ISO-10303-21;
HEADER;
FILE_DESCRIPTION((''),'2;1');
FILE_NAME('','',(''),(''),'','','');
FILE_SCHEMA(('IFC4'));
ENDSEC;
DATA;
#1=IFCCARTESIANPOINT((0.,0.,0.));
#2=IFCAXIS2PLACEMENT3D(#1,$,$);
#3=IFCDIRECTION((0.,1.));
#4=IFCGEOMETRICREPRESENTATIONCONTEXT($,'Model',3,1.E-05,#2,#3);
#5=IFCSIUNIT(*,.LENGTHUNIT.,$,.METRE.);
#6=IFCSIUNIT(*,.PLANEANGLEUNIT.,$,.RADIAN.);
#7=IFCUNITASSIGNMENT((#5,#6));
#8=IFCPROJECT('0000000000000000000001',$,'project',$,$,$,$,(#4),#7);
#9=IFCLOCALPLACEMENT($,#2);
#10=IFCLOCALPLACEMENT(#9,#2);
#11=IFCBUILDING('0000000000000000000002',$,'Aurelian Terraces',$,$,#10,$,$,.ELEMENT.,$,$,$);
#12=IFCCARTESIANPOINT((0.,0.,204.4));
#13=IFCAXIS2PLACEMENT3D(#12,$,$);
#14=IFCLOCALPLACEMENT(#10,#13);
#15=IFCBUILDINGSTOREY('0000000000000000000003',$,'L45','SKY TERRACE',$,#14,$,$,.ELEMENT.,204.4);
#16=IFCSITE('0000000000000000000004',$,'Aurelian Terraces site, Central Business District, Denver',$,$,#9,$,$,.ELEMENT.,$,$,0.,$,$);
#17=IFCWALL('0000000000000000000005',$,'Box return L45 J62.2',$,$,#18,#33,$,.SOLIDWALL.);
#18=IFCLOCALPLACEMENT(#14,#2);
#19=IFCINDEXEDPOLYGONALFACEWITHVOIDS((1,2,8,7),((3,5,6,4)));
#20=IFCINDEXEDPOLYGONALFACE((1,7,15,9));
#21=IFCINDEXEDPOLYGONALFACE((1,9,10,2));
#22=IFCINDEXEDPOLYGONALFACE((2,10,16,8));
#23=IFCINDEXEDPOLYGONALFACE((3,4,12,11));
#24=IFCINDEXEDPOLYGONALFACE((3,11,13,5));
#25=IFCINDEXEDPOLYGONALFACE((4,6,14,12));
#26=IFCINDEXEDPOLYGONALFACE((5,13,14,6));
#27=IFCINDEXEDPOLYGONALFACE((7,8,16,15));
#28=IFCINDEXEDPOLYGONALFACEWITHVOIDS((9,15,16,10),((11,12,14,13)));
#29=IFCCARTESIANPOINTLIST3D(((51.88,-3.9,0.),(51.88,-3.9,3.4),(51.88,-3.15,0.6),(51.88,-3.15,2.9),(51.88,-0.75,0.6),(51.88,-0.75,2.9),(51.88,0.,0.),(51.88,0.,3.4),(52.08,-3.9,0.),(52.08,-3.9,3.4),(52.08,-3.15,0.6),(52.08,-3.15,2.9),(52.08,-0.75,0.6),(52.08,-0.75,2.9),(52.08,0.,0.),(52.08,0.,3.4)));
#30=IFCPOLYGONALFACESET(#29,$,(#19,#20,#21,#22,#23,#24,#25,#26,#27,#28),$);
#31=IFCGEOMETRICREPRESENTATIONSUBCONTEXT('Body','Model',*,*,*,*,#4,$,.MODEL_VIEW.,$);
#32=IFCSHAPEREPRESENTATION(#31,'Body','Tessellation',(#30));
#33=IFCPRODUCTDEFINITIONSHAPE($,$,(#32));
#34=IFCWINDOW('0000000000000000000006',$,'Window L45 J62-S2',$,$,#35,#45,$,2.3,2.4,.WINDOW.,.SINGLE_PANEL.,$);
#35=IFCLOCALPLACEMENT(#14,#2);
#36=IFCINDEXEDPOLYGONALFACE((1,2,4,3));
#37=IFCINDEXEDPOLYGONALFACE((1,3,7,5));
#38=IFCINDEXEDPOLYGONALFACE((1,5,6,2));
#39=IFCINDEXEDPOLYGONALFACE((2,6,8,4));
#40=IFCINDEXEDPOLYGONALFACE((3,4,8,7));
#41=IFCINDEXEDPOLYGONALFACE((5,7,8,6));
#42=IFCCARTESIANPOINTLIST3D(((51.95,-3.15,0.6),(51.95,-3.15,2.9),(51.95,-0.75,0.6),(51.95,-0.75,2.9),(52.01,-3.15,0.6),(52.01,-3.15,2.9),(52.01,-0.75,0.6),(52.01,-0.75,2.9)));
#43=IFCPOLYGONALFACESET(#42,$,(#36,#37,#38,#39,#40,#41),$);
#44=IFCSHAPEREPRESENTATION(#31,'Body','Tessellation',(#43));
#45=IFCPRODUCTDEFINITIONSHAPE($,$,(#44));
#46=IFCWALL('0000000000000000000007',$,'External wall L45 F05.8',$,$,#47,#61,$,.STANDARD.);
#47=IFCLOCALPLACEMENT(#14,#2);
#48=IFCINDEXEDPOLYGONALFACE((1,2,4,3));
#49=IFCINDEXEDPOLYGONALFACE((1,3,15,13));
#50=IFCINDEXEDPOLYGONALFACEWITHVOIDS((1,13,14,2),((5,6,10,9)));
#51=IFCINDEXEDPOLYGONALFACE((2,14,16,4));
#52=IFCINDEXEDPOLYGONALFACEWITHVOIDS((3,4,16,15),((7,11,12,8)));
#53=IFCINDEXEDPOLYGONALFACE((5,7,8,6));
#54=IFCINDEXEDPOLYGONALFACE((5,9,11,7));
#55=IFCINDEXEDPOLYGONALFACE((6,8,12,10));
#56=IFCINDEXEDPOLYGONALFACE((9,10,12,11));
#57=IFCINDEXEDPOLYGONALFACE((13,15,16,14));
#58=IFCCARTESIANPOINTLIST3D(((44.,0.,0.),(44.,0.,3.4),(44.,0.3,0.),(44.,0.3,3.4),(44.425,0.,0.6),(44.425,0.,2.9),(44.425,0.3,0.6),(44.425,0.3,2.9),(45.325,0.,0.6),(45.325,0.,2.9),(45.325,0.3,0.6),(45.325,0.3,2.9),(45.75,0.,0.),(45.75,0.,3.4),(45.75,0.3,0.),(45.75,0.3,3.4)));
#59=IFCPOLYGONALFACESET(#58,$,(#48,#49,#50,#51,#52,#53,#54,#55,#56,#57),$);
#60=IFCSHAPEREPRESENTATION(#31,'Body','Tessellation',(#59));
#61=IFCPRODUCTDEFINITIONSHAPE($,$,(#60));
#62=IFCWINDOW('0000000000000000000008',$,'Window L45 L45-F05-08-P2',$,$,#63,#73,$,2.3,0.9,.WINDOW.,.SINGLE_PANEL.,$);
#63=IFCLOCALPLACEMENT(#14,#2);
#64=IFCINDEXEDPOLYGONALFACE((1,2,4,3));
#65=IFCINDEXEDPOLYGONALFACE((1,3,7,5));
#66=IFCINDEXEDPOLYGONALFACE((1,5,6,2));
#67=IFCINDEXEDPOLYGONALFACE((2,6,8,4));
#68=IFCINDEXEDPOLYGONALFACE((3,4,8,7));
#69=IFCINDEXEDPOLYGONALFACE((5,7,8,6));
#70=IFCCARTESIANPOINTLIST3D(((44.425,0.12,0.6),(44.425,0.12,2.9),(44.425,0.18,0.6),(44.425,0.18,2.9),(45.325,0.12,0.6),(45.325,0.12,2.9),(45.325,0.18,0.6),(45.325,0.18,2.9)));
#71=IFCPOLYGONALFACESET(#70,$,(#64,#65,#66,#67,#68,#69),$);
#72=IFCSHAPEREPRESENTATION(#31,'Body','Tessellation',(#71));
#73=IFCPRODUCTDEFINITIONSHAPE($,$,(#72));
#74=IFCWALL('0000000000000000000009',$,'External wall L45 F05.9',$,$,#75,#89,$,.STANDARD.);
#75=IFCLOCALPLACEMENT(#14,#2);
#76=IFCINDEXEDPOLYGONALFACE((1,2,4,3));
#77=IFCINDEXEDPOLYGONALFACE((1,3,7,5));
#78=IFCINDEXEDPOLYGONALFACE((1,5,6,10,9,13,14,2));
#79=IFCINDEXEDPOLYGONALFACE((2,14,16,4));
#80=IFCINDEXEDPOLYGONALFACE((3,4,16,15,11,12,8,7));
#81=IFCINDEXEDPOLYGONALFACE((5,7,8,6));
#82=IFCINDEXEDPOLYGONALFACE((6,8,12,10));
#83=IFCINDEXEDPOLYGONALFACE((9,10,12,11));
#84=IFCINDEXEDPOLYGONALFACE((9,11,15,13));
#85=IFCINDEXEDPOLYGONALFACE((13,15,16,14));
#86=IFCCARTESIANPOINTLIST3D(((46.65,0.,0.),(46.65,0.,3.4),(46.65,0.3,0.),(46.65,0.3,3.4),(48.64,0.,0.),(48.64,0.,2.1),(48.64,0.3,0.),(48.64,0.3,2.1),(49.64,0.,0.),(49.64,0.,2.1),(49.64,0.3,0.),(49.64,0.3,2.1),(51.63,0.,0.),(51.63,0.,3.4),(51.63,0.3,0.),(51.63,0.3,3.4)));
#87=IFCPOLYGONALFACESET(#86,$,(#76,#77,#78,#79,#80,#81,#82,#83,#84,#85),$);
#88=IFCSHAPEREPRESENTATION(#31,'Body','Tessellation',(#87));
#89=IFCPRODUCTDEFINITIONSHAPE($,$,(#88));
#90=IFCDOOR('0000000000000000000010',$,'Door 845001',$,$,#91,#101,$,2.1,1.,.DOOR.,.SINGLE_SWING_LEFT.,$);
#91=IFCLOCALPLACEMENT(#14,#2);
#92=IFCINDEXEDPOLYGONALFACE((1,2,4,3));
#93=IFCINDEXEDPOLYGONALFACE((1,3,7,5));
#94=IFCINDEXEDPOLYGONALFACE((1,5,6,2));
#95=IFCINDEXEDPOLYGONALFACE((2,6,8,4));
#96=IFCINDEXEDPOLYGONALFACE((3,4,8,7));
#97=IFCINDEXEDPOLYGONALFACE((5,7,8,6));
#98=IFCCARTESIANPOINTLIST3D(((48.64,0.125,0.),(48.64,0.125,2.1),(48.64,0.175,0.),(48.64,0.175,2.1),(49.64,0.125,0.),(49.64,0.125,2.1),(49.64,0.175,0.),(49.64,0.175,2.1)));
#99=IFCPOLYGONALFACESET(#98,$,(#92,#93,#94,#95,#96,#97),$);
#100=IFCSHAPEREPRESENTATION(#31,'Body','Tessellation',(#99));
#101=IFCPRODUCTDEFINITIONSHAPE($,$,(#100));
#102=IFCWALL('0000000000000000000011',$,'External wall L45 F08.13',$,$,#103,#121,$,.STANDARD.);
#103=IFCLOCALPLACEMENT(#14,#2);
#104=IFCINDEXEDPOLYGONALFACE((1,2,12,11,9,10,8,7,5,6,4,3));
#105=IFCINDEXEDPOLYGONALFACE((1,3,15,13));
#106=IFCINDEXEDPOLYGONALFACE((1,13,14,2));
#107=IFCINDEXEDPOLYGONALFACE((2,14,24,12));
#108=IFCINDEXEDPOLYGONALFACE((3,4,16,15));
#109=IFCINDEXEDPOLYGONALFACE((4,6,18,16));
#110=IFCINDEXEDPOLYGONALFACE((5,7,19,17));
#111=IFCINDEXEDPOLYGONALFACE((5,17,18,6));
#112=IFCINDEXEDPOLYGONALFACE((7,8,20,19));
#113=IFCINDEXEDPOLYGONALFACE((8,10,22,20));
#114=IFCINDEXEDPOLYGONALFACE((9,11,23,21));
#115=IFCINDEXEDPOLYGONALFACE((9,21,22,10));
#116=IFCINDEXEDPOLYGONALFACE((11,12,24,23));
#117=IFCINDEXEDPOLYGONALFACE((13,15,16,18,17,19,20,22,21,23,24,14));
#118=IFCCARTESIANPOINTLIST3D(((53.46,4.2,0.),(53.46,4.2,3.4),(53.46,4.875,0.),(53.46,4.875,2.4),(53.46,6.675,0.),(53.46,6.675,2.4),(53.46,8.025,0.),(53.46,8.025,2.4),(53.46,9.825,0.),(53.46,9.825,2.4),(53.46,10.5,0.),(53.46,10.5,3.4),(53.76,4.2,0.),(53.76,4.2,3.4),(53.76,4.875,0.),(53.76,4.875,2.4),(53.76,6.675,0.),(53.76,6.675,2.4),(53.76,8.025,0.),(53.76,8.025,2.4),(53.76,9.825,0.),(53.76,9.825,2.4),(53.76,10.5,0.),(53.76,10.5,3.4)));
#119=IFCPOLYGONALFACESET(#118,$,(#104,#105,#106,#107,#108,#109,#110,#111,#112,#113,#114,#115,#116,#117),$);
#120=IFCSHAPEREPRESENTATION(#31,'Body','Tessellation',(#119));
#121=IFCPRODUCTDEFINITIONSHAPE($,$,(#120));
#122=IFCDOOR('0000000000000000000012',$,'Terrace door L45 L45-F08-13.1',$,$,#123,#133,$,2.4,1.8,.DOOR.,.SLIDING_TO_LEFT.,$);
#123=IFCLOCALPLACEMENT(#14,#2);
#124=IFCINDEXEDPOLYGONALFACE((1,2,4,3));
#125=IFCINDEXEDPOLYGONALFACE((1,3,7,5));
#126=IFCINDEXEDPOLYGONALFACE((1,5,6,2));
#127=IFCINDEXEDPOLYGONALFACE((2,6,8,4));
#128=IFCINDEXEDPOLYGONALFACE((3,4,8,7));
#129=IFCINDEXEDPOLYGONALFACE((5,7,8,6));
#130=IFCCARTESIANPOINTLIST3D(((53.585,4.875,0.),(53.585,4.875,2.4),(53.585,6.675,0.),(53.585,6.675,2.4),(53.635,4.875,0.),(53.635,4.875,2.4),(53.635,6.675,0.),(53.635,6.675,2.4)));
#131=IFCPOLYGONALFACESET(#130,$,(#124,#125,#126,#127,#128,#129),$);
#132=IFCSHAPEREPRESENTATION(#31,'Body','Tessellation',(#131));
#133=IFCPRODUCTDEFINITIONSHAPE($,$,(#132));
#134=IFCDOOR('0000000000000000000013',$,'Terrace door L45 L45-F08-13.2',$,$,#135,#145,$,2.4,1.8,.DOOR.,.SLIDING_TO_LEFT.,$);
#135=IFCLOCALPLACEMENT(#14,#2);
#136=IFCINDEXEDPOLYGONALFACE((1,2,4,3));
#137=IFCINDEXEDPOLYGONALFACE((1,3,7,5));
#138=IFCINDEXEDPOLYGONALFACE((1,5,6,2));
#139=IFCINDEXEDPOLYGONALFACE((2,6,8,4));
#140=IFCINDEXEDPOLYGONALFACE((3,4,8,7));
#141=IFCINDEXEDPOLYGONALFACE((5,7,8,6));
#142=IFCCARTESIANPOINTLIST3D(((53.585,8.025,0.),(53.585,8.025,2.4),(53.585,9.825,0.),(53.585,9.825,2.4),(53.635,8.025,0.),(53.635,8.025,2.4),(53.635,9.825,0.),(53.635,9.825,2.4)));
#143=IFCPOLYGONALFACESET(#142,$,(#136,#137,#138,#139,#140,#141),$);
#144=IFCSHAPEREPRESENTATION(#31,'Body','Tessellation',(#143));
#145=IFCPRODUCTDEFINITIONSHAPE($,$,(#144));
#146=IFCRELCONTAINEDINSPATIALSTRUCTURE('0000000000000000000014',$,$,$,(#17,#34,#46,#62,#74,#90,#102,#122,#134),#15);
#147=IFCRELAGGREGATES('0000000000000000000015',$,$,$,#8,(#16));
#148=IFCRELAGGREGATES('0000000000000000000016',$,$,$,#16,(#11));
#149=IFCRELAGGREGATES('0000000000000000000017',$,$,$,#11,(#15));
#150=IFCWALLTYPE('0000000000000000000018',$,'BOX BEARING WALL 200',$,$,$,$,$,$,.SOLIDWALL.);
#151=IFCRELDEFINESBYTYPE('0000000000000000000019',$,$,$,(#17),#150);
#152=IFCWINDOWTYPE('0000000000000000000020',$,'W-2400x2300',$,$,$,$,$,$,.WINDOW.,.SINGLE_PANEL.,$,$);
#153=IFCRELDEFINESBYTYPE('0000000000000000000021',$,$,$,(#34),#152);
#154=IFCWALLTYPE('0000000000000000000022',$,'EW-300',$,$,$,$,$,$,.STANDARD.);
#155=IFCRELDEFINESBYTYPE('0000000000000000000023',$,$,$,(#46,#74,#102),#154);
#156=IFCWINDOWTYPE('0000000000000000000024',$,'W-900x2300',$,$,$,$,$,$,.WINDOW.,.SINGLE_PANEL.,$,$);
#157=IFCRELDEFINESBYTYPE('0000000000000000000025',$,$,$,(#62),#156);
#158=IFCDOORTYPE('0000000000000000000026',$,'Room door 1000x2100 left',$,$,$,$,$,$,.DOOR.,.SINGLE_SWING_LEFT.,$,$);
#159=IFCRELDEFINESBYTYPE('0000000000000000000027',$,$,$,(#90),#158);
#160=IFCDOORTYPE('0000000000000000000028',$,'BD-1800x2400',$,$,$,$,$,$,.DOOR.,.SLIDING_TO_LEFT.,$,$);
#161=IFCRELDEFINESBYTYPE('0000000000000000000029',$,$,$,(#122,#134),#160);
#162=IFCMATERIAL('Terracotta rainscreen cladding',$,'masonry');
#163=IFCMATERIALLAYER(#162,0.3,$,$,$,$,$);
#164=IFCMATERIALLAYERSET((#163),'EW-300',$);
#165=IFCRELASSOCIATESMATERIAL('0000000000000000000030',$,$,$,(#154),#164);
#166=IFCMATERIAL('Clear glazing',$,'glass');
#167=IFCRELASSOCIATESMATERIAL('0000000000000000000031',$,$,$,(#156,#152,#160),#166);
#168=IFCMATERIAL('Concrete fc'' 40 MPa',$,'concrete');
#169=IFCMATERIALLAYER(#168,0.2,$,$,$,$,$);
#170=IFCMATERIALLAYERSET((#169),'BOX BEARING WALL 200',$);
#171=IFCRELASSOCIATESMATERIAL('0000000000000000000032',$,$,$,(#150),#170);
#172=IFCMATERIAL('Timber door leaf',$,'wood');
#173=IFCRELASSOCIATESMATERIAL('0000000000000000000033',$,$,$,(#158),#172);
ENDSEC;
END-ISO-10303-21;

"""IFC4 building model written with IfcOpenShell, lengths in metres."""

from ifc_helpers import new_model, si_unit, direction, frame, frame_2d, origin, place, context, subcontext, project, spatial, rectangle, extrude, source, transform, mapped, material, layer, layer_set, type_object, element, fill, save


model = new_model("IFC4")

# Units and contexts
model_context = context("Model", 3, precision=1e-05, world=origin(), true_north=direction((0.0, 1.0)))
body_context = subcontext(model_context, "Body", "Model", "MODEL_VIEW")
ifc_project = project(units=[si_unit("LENGTHUNIT", "METRE"), si_unit("PLANEANGLEUNIT", "RADIAN")], contexts=[model_context])

# Site, building, storey
site_placement = place(None, origin())
site = spatial("IfcSite", under=ifc_project, at=site_placement, Name="Aurelian Terraces site, Central Business District, Denver", CompositionType="ELEMENT", RefElevation=0.0)
building_placement = place(site_placement, origin())
building = spatial("IfcBuilding", under=site, at=building_placement, Name="Aurelian Terraces", CompositionType="ELEMENT")
storey_placement = place(building_placement, frame((0.0, 0.0, 204.4)))
storey = spatial("IfcBuildingStorey", under=building, at=storey_placement, Name="L45", Description="SKY TERRACE", CompositionType="ELEMENT", Elevation=204.4)

# Walls, openings, windows
ifc_material_1 = material(Name="Terracotta rainscreen cladding", Category="masonry")
ifc_layer_1 = layer(ifc_material_1, 0.3)
ifc_layer_set_1 = layer_set([ifc_layer_1], Name="EW-300")
wall_type_1 = type_object("IfcWallType", Name="EW-300", PredefinedType="STANDARD", material=ifc_layer_set_1)
ifc_material_2 = material(Name="Clear glazing", Category="glass")
shared_shape_1 = source(origin(), body_context, "Body", "SweptSolid", [
    extrude(rectangle(XDim=0.9, YDim=2.3, at=frame_2d((0.45, 1.15))), frame((0.0, 0.16, 0.0), z_axis=(0.0, -1.0, 0.0), x_axis=(1.0, 0.0, 0.0)), (0.0, 0.0, 1.0), 0.32),
])
window_type_1 = type_object("IfcWindowType", Name="W-900x2300", PartitioningType="SINGLE_PANEL", PredefinedType="WINDOW", material=ifc_material_2)
shared_shape_2 = source(origin(), body_context, "Body", "SweptSolid", [
    extrude(rectangle(XDim=0.9, YDim=2.3, at=frame_2d((0.45, 1.15))), frame((0.0, 0.03, 0.0), z_axis=(0.0, -1.0, 0.0), x_axis=(1.0, 0.0, 0.0)), (0.0, 0.0, 1.0), 0.06),
])
ifc_material_3 = material(Name="Concrete fc' 40 MPa", Category="concrete")
ifc_layer_2 = layer(ifc_material_3, 0.2)
ifc_layer_set_2 = layer_set([ifc_layer_2], Name="BOX BEARING WALL 200")
wall_type_2 = type_object("IfcWallType", Name="BOX BEARING WALL 200", PredefinedType="SOLIDWALL", material=ifc_layer_set_2)
shared_shape_3 = source(origin(), body_context, "Body", "SweptSolid", [
    extrude(rectangle(XDim=3.9, YDim=0.2, at=frame_2d((1.95, 0.0))), origin(), (0.0, 0.0, 1.0), 3.4),
])
shared_shape_4 = source(origin(), body_context, "Body", "SweptSolid", [
    extrude(rectangle(XDim=2.4, YDim=2.3, at=frame_2d((1.2, 1.15))), frame((0.0, 0.11, 0.0), z_axis=(0.0, -1.0, 0.0), x_axis=(1.0, 0.0, 0.0)), (0.0, 0.0, 1.0), 0.22),
])
window_type_2 = type_object("IfcWindowType", Name="W-2400x2300", PartitioningType="SINGLE_PANEL", PredefinedType="WINDOW", material=ifc_material_2)
shared_shape_5 = source(origin(), body_context, "Body", "SweptSolid", [
    extrude(rectangle(XDim=2.4, YDim=2.3, at=frame_2d((1.2, 1.15))), frame((0.0, 0.03, 0.0), z_axis=(0.0, -1.0, 0.0), x_axis=(1.0, 0.0, 0.0)), (0.0, 0.0, 1.0), 0.06),
])
wall_1_placement = place(storey_placement, frame((51.98, 0.0, 0.0), z_axis=(0.0, 0.0, 1.0), x_axis=(0.0, -1.0, 0.0)))
wall_1 = element("IfcWall", 1, at=wall_1_placement, inside=storey, type_object=wall_type_2, Name="Box return L45 J62.2", PredefinedType="SOLIDWALL", context=body_context, shape_type="MappedRepresentation", body=[
    mapped(shared_shape_3, transform((0.0, 0.0, 0.0), scale=1.0)),
])
opening_1_placement = place(wall_1_placement, frame((0.75, 0.0, 0.6)))
opening_1 = element("IfcOpeningElement", 2, at=opening_1_placement, cuts=wall_1, PredefinedType="OPENING", context=body_context, shape_type="MappedRepresentation", body=[
    mapped(shared_shape_4, transform((0.0, 0.0, 0.0), scale=1.0)),
])
window_1_placement = place(opening_1_placement, origin())
window_1 = element("IfcWindow", 3, at=window_1_placement, inside=storey, type_object=window_type_2, Name="Window L45 J62-S2", OverallHeight=2.3, OverallWidth=2.4, PartitioningType="SINGLE_PANEL", PredefinedType="WINDOW", context=body_context, shape_type="MappedRepresentation", body=[
    mapped(shared_shape_5, transform((0.0, 0.0, 0.0), scale=1.0)),
])
fill(opening_1, window_1)
shared_shape_6 = source(origin(), body_context, "Body", "SweptSolid", [
    extrude(rectangle(XDim=1.75, YDim=0.3, at=frame_2d((0.875, 0.0))), origin(), (0.0, 0.0, 1.0), 3.4),
])
wall_2_placement = place(storey_placement, frame((44.0, 0.15, 0.0), z_axis=(0.0, 0.0, 1.0), x_axis=(1.0, 0.0, 0.0)))
wall_2 = element("IfcWall", 4, at=wall_2_placement, inside=storey, type_object=wall_type_1, Name="External wall L45 F05.8", PredefinedType="STANDARD", context=body_context, shape_type="MappedRepresentation", body=[
    mapped(shared_shape_6, transform((0.0, 0.0, 0.0), scale=1.0)),
])
opening_2_placement = place(wall_2_placement, frame((0.425, 0.0, 0.6)))
opening_2 = element("IfcOpeningElement", 5, at=opening_2_placement, cuts=wall_2, PredefinedType="OPENING", context=body_context, shape_type="MappedRepresentation", body=[
    mapped(shared_shape_1, transform((0.0, 0.0, 0.0), scale=1.0)),
])
window_2_placement = place(opening_2_placement, origin())
window_2 = element("IfcWindow", 6, at=window_2_placement, inside=storey, type_object=window_type_1, Name="Window L45 L45-F05-08-P2", OverallHeight=2.3, OverallWidth=0.9, PartitioningType="SINGLE_PANEL", PredefinedType="WINDOW", context=body_context, shape_type="MappedRepresentation", body=[
    mapped(shared_shape_2, transform((0.0, 0.0, 0.0), scale=1.0)),
])
fill(opening_2, window_2)

# Wall, opening, door
shared_shape_7 = source(origin(), body_context, "Body", "SweptSolid", [
    extrude(rectangle(XDim=4.98, YDim=0.3, at=frame_2d((2.49, 0.0))), origin(), (0.0, 0.0, 1.0), 3.4),
])
wall_3_placement = place(storey_placement, frame((46.65, 0.15, 0.0), z_axis=(0.0, 0.0, 1.0), x_axis=(1.0, 0.0, 0.0)))
wall_3 = element("IfcWall", 7, at=wall_3_placement, inside=storey, type_object=wall_type_1, Name="External wall L45 F05.9", PredefinedType="STANDARD", context=body_context, shape_type="MappedRepresentation", body=[
    mapped(shared_shape_7, transform((0.0, 0.0, 0.0), scale=1.0)),
])
shared_shape_8 = source(origin(), body_context, "Body", "SweptSolid", [
    extrude(rectangle(XDim=1.0, YDim=2.1, at=frame_2d((0.5, 1.05))), frame((0.0, 0.16, 0.0), z_axis=(0.0, -1.0, 0.0), x_axis=(1.0, 0.0, 0.0)), (0.0, 0.0, 1.0), 0.32),
])
opening_3_placement = place(wall_3_placement, frame((1.99, 0.0, 0.0)))
opening_3 = element("IfcOpeningElement", 8, at=opening_3_placement, cuts=wall_3, PredefinedType="OPENING", context=body_context, shape_type="MappedRepresentation", body=[
    mapped(shared_shape_8, transform((0.0, 0.0, 0.0), scale=1.0)),
])
ifc_material_4 = material(Name="Timber door leaf", Category="wood")
door_type_1 = type_object("IfcDoorType", Name="Room door 1000x2100 left", OperationType="SINGLE_SWING_LEFT", PredefinedType="DOOR", material=ifc_material_4)
shared_shape_9 = source(origin(), body_context, "Body", "SweptSolid", [
    extrude(rectangle(XDim=1.0, YDim=2.1, at=frame_2d((0.5, 1.05))), frame((0.0, 0.025, 0.0), z_axis=(0.0, -1.0, 0.0), x_axis=(1.0, 0.0, 0.0)), (0.0, 0.0, 1.0), 0.05),
])
door_1_placement = place(opening_3_placement, origin())
door_1 = element("IfcDoor", 9, at=door_1_placement, inside=storey, type_object=door_type_1, Name="Door 845001", OperationType="SINGLE_SWING_LEFT", OverallHeight=2.1, OverallWidth=1.0, PredefinedType="DOOR", context=body_context, shape_type="MappedRepresentation", body=[
    mapped(shared_shape_9, transform((0.0, 0.0, 0.0), scale=1.0)),
])
fill(opening_3, door_1)

# Wall, openings, doors
shared_shape_10 = source(origin(), body_context, "Body", "SweptSolid", [
    extrude(rectangle(XDim=6.3, YDim=0.3, at=frame_2d((3.15, 0.0))), origin(), (0.0, 0.0, 1.0), 3.4),
])
wall_4_placement = place(storey_placement, frame((53.61, 4.2, 0.0), z_axis=(0.0, 0.0, 1.0), x_axis=(0.0, 1.0, 0.0)))
wall_4 = element("IfcWall", 10, at=wall_4_placement, inside=storey, type_object=wall_type_1, Name="External wall L45 F08.13", PredefinedType="STANDARD", context=body_context, shape_type="MappedRepresentation", body=[
    mapped(shared_shape_10, transform((0.0, 0.0, 0.0), scale=1.0)),
])
shared_shape_11 = source(origin(), body_context, "Body", "SweptSolid", [
    extrude(rectangle(XDim=1.8, YDim=2.4, at=frame_2d((0.9, 1.2))), frame((0.0, 0.16, 0.0), z_axis=(0.0, -1.0, 0.0), x_axis=(1.0, 0.0, 0.0)), (0.0, 0.0, 1.0), 0.32),
])
opening_4_placement = place(wall_4_placement, frame((0.675, 0.0, 0.0)))
opening_4 = element("IfcOpeningElement", 11, at=opening_4_placement, cuts=wall_4, PredefinedType="OPENING", context=body_context, shape_type="MappedRepresentation", body=[
    mapped(shared_shape_11, transform((0.0, 0.0, 0.0), scale=1.0)),
])
opening_5_placement = place(wall_4_placement, frame((3.825, 0.0, 0.0)))
opening_5 = element("IfcOpeningElement", 12, at=opening_5_placement, cuts=wall_4, PredefinedType="OPENING", context=body_context, shape_type="MappedRepresentation", body=[
    mapped(shared_shape_11, transform((0.0, 0.0, 0.0), scale=1.0)),
])
door_type_2 = type_object("IfcDoorType", Name="BD-1800x2400", OperationType="SLIDING_TO_LEFT", PredefinedType="DOOR", material=ifc_material_2)
shared_shape_12 = source(origin(), body_context, "Body", "SweptSolid", [
    extrude(rectangle(XDim=1.8, YDim=2.4, at=frame_2d((0.9, 1.2))), frame((0.0, 0.025, 0.0), z_axis=(0.0, -1.0, 0.0), x_axis=(1.0, 0.0, 0.0)), (0.0, 0.0, 1.0), 0.05),
])
door_2_placement = place(opening_4_placement, origin())
door_2 = element("IfcDoor", 13, at=door_2_placement, inside=storey, type_object=door_type_2, Name="Terrace door L45 L45-F08-13.1", OperationType="SLIDING_TO_LEFT", OverallHeight=2.4, OverallWidth=1.8, PredefinedType="DOOR", context=body_context, shape_type="MappedRepresentation", body=[
    mapped(shared_shape_12, transform((0.0, 0.0, 0.0), scale=1.0)),
])
fill(opening_4, door_2)
door_3_placement = place(opening_5_placement, origin())
door_3 = element("IfcDoor", 14, at=door_3_placement, inside=storey, type_object=door_type_2, Name="Terrace door L45 L45-F08-13.2", OperationType="SLIDING_TO_LEFT", OverallHeight=2.4, OverallWidth=1.8, PredefinedType="DOOR", context=body_context, shape_type="MappedRepresentation", body=[
    mapped(shared_shape_12, transform((0.0, 0.0, 0.0), scale=1.0)),
])
fill(opening_5, door_3)

save(model, "model.ifc")
